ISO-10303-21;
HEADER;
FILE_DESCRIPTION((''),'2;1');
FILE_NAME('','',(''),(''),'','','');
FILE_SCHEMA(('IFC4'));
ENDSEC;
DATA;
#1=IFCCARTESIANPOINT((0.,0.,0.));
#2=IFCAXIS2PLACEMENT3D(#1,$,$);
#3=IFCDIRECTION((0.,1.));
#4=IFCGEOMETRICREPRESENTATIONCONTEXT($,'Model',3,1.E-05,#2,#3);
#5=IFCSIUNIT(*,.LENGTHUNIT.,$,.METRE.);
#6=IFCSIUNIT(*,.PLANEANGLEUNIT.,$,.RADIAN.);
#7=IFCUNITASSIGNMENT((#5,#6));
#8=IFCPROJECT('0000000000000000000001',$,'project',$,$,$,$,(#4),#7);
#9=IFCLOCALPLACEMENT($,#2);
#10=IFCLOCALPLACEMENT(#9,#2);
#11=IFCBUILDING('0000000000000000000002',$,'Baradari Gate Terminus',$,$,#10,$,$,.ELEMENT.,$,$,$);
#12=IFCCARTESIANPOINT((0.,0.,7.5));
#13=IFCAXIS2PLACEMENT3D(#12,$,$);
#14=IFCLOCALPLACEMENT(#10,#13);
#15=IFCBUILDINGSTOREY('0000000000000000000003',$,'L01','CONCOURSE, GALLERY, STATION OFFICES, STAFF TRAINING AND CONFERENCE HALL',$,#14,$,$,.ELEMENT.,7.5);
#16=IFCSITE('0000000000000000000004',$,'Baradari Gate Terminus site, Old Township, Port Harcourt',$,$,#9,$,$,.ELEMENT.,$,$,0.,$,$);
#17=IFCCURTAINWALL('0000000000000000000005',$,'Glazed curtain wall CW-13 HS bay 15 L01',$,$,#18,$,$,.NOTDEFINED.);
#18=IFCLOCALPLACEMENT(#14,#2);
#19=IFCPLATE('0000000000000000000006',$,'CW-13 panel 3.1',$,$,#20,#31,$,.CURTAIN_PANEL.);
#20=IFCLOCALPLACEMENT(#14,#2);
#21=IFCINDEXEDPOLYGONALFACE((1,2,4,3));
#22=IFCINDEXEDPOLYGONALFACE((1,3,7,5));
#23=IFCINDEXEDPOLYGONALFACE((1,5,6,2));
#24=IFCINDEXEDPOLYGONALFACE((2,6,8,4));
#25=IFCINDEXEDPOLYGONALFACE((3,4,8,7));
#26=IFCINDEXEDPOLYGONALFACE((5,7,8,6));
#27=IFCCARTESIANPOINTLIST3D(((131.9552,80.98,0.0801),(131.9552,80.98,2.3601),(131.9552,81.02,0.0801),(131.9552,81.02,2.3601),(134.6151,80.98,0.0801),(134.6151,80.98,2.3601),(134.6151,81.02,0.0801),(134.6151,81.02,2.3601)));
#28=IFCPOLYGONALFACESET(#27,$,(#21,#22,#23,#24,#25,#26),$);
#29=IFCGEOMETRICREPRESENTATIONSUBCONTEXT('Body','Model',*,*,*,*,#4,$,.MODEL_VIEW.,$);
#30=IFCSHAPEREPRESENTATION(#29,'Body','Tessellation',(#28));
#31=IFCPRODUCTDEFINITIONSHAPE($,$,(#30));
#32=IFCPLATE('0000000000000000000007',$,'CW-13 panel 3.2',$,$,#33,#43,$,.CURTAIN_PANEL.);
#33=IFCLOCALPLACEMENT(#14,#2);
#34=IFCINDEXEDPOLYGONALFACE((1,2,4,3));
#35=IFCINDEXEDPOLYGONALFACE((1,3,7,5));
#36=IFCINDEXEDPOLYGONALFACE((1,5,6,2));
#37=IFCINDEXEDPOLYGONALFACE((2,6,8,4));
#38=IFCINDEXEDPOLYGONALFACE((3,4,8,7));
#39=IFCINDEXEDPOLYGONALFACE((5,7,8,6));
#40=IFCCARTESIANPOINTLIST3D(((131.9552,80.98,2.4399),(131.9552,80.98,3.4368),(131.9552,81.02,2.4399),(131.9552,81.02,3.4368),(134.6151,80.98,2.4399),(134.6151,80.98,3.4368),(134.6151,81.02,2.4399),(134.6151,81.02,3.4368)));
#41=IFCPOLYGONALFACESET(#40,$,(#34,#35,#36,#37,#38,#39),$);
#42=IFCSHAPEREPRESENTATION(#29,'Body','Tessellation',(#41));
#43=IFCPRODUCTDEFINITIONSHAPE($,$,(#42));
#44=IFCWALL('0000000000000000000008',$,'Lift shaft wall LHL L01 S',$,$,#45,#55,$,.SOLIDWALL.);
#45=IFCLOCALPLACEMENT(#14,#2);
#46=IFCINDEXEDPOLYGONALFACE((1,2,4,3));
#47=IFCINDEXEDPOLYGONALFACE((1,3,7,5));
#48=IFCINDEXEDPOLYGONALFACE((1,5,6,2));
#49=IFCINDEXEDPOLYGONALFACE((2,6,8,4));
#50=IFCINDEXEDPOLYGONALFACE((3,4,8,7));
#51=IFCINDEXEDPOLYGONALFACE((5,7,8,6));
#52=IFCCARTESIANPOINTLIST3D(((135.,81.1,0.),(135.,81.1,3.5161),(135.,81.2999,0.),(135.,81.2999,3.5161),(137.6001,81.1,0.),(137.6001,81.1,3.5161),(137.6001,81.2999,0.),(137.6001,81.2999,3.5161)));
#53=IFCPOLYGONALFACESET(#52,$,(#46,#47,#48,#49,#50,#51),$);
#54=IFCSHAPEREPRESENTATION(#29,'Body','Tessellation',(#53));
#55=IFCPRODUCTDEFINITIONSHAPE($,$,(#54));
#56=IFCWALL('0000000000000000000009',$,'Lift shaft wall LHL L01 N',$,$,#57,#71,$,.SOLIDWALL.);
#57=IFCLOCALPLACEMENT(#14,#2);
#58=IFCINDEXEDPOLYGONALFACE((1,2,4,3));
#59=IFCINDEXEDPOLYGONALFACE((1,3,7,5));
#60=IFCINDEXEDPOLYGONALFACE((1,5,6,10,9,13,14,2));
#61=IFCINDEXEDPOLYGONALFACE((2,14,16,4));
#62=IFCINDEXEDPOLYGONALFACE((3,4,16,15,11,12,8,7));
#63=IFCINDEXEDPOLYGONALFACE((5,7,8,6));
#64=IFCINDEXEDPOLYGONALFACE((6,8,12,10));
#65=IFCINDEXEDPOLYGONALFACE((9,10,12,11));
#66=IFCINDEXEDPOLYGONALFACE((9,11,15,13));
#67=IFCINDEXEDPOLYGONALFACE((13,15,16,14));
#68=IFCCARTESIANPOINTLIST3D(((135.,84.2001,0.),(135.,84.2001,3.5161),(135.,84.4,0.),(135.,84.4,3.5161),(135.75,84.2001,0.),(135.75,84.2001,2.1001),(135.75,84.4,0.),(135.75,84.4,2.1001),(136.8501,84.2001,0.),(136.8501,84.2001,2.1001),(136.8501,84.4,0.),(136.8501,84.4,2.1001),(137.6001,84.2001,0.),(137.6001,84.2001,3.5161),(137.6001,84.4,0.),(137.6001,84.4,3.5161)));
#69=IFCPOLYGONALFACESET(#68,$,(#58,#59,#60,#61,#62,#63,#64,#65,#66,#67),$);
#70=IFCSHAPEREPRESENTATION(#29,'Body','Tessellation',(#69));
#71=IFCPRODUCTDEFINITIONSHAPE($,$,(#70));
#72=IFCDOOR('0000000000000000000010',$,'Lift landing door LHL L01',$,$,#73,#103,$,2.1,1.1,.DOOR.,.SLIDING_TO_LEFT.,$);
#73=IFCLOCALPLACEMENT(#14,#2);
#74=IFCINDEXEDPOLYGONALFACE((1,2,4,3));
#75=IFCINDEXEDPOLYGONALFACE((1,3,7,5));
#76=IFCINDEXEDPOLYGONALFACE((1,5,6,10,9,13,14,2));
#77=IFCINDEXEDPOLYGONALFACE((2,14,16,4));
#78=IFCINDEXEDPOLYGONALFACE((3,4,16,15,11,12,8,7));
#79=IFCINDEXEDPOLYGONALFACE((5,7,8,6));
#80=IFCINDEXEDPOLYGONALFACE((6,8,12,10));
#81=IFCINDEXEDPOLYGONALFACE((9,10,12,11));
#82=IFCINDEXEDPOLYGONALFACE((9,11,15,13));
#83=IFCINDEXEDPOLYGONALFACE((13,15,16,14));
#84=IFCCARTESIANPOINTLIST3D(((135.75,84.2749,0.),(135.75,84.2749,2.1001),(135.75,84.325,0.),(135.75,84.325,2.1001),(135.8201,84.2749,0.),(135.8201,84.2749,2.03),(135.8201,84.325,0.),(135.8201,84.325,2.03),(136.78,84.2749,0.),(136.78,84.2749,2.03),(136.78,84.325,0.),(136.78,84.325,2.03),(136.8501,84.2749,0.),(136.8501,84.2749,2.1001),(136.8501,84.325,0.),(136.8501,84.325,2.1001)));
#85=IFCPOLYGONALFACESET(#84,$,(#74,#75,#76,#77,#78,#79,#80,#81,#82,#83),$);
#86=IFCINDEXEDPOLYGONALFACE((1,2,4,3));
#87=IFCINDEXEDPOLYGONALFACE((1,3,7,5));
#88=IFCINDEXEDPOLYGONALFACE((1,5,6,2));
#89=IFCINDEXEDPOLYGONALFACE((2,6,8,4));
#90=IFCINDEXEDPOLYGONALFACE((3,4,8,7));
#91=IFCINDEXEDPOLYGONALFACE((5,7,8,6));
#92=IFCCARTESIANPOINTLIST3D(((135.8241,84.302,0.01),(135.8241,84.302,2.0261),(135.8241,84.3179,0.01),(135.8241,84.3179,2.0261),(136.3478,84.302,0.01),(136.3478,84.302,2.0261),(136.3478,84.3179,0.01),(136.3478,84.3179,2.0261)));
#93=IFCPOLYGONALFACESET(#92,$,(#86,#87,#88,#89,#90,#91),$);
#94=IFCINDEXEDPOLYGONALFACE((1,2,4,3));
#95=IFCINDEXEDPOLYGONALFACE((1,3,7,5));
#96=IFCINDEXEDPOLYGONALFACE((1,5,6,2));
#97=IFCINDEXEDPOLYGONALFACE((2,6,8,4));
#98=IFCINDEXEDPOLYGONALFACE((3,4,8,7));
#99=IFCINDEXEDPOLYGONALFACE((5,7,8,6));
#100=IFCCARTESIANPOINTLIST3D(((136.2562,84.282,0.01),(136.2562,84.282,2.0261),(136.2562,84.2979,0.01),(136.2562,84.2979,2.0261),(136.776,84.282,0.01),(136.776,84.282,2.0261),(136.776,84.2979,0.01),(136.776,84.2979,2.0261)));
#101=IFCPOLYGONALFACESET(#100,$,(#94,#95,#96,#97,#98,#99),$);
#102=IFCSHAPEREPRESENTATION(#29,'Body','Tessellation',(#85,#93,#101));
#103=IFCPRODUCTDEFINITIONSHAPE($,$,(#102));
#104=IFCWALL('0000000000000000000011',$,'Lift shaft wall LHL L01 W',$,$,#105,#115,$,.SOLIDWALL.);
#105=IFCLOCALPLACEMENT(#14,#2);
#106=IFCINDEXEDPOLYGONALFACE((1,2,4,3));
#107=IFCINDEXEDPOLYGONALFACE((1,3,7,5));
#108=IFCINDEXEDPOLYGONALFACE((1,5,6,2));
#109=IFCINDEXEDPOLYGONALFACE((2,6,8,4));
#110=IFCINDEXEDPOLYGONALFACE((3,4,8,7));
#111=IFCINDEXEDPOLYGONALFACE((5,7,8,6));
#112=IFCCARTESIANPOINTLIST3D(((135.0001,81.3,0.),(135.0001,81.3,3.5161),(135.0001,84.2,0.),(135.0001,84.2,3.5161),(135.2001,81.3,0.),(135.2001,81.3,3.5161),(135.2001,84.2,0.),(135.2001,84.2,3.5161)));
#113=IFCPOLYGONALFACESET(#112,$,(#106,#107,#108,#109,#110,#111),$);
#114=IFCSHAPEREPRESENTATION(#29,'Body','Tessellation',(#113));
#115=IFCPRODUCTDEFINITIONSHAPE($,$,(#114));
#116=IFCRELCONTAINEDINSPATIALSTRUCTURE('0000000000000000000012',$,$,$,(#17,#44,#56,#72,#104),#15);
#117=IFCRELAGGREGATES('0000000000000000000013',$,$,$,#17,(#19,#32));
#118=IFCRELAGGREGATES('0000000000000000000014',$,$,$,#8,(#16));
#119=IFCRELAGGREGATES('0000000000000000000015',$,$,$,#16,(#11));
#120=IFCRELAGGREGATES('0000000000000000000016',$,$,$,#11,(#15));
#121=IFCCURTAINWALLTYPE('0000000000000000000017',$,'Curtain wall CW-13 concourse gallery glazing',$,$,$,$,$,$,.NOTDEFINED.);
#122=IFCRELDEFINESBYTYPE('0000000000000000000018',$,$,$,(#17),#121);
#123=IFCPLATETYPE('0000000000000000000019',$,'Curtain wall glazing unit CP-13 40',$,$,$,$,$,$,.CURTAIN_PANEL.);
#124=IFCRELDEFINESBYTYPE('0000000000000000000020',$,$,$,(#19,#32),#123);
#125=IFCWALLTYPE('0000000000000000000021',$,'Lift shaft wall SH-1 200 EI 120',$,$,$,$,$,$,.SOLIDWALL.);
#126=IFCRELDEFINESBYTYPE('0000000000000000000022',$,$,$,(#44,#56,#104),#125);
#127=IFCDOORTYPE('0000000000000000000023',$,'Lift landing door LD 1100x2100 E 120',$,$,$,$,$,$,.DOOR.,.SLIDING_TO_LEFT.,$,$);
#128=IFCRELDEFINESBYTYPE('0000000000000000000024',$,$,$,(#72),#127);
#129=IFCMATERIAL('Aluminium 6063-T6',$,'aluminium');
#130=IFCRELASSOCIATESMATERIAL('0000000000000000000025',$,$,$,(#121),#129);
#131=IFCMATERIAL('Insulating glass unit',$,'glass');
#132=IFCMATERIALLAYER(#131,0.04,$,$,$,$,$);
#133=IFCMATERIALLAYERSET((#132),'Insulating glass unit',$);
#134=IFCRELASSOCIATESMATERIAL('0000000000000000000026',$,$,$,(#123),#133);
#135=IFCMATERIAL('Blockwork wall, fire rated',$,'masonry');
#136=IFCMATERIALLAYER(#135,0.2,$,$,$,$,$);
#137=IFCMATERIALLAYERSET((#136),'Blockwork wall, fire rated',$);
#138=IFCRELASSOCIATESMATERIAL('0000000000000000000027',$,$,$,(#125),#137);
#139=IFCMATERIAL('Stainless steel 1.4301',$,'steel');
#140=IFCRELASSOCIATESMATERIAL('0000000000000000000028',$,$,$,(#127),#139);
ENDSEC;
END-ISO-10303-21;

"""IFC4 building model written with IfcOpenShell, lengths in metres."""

from ifc_helpers import new_model, si_unit, direction, frame, frame_2d, origin, origin_2d, place, context, subcontext, project, spatial, polyline, rectangle, outline, extrude, material, layer, layer_set, type_object, element, fill, aggregate, save


model = new_model("IFC4")

# Units and contexts
model_context = context("Model", 3, precision=1e-05, world=origin(), true_north=direction((0.0, 1.0)))
body_context = subcontext(model_context, "Body", "Model", "MODEL_VIEW")
ifc_project = project(units=[si_unit("LENGTHUNIT", "METRE"), si_unit("PLANEANGLEUNIT", "RADIAN")], contexts=[model_context])

# Site, building, storey
site_placement = place(None, origin())
site = spatial("IfcSite", under=ifc_project, at=site_placement, Name="Baradari Gate Terminus site, Old Township, Port Harcourt", CompositionType="ELEMENT", RefElevation=0.0)
building_placement = place(site_placement, origin())
building = spatial("IfcBuilding", under=site, at=building_placement, Name="Baradari Gate Terminus", CompositionType="ELEMENT")
storey_placement = place(building_placement, frame((0.0, 0.0, 7.5)))
storey = spatial("IfcBuildingStorey", under=building, at=storey_placement, Name="L01", Description="CONCOURSE, GALLERY, STATION OFFICES, STAFF TRAINING AND CONFERENCE HALL", CompositionType="ELEMENT", Elevation=7.5)

# Curtain wall
ifc_material_1 = material(Name="Aluminium 6063-T6", Category="aluminium")
curtain_wall_type_1 = type_object("IfcCurtainWallType", Name="Curtain wall CW-13 concourse gallery glazing", PredefinedType="NOTDEFINED", material=ifc_material_1)
curtain_wall_1_placement = place(storey_placement, origin())
curtain_wall_1 = element("IfcCurtainWall", 1, at=curtain_wall_1_placement, inside=storey, type_object=curtain_wall_type_1, Name="Glazed curtain wall CW-13 HS bay 15 L01", PredefinedType="NOTDEFINED")

# Plates
ifc_material_2 = material(Name="Insulating glass unit", Category="glass")
ifc_layer_1 = layer(ifc_material_2, 0.04)
ifc_layer_set_1 = layer_set([ifc_layer_1], Name="Insulating glass unit")
plate_type = type_object("IfcPlateType", Name="Curtain wall glazing unit CP-13 40", PredefinedType="CURTAIN_PANEL", material=ifc_layer_set_1)
plate_1_placement = place(storey_placement, frame((133.2852, 81.0, 0.0801), z_axis=(0.0, 0.0, 1.0), x_axis=(1.0, 0.0, 0.0)))
plate_1 = element("IfcPlate", 2, at=plate_1_placement, type_object=plate_type, Name="CW-13 panel 3.1", PredefinedType="CURTAIN_PANEL", context=body_context, shape_type="SweptSolid", body=[
    extrude(rectangle(XDim=2.6599, YDim=0.04, at=origin_2d()), origin(), (0.0, 0.0, 1.0), 2.28),
])
plate_2_placement = place(storey_placement, frame((133.2852, 81.0, 2.4399), z_axis=(0.0, 0.0, 1.0), x_axis=(1.0, 0.0, 0.0)))
plate_2 = element("IfcPlate", 3, at=plate_2_placement, type_object=plate_type, Name="CW-13 panel 3.2", PredefinedType="CURTAIN_PANEL", context=body_context, shape_type="SweptSolid", body=[
    extrude(rectangle(XDim=2.6599, YDim=0.04, at=origin_2d()), origin(), (0.0, 0.0, 1.0), 0.9968),
])
aggregate(curtain_wall_1, [plate_1, plate_2])

# Wall
ifc_material_3 = material(Name="Blockwork wall, fire rated", Category="masonry")
ifc_layer_2 = layer(ifc_material_3, 0.2)
ifc_layer_set_2 = layer_set([ifc_layer_2], Name="Blockwork wall, fire rated")
wall_type = type_object("IfcWallType", Name="Lift shaft wall SH-1 200 EI 120", PredefinedType="SOLIDWALL", material=ifc_layer_set_2)
wall_1_placement = place(storey_placement, frame((135.0, 81.2, 0.0), z_axis=(0.0, 0.0, 1.0), x_axis=(1.0, 0.0, 0.0)))
element("IfcWall", 4, at=wall_1_placement, inside=storey, type_object=wall_type, Name="Lift shaft wall LHL L01 S", PredefinedType="SOLIDWALL", context=body_context, shape_type="SweptSolid", body=[
    extrude(rectangle(XDim=2.6001, YDim=0.2, at=frame_2d((1.3, 0.0))), origin(), (0.0, 0.0, 1.0), 3.5161),
])

# Wall, opening, door
wall_2_placement = place(storey_placement, frame((135.0, 84.3, 0.0), z_axis=(0.0, 0.0, 1.0), x_axis=(1.0, 0.0, 0.0)))
wall_2 = element("IfcWall", 5, at=wall_2_placement, inside=storey, type_object=wall_type, Name="Lift shaft wall LHL L01 N", PredefinedType="SOLIDWALL", context=body_context, shape_type="SweptSolid", body=[
    extrude(rectangle(XDim=2.6001, YDim=0.2, at=frame_2d((1.3, 0.0))), origin(), (0.0, 0.0, 1.0), 3.5161),
])
opening_placement = place(wall_2_placement, frame((0.75, 0.0, 0.0)))
opening = element("IfcOpeningElement", 6, at=opening_placement, cuts=wall_2, PredefinedType="OPENING", context=body_context, shape_type="SweptSolid", body=[
    extrude(rectangle(XDim=1.1001, YDim=2.1001, at=frame_2d((0.55, 1.05))), frame((0.0, 0.1099, 0.0), z_axis=(0.0, -1.0, 0.0), x_axis=(1.0, 0.0, 0.0)), (0.0, 0.0, 1.0), 0.22),
])
ifc_material_4 = material(Name="Stainless steel 1.4301", Category="steel")
door_type = type_object("IfcDoorType", Name="Lift landing door LD 1100x2100 E 120", OperationType="SLIDING_TO_LEFT", PredefinedType="DOOR", material=ifc_material_4)
door_placement = place(opening_placement, origin())
door = element("IfcDoor", 7, at=door_placement, inside=storey, type_object=door_type, Name="Lift landing door LHL L01", OperationType="SLIDING_TO_LEFT", OverallHeight=2.1, OverallWidth=1.1, PredefinedType="DOOR", context=body_context, shape_type="SweptSolid", body=[
    extrude(outline(polyline([(0.0, 0.0), (0.0701, 0.0), (0.0701, 2.03), (1.03, 2.03), (1.03, 0.0), (1.1001, 0.0), (1.1001, 2.1001), (0.0, 2.1001), (0.0, 0.0)])), frame((0.0, 0.0249, 0.0), z_axis=(0.0, -1.0, 0.0), x_axis=(1.0, 0.0, 0.0)), (0.0, 0.0, 1.0), 0.05),
    extrude(rectangle(XDim=0.5237, YDim=2.0161, at=frame_2d((0.3359, 1.0181))), frame((0.0, 0.0178, 0.0), z_axis=(0.0, -1.0, 0.0), x_axis=(1.0, 0.0, 0.0)), (0.0, 0.0, 1.0), 0.0159),
    extrude(rectangle(XDim=0.5198, YDim=2.0161, at=frame_2d((0.7661, 1.0181))), frame((0.0, -0.0022, 0.0), z_axis=(0.0, -1.0, 0.0), x_axis=(1.0, 0.0, 0.0)), (0.0, 0.0, 1.0), 0.0159),
])
fill(opening, door)

# Wall
wall_3_placement = place(storey_placement, frame((135.1001, 81.3, 0.0), z_axis=(0.0, 0.0, 1.0), x_axis=(0.0, 1.0, 0.0)))
element("IfcWall", 8, at=wall_3_placement, inside=storey, type_object=wall_type, Name="Lift shaft wall LHL L01 W", PredefinedType="SOLIDWALL", context=body_context, shape_type="SweptSolid", body=[
    extrude(rectangle(XDim=2.8999, YDim=0.2, at=frame_2d((1.45, 0.0))), origin(), (0.0, 0.0, 1.0), 3.5161),
])

save(model, "model.ifc")
